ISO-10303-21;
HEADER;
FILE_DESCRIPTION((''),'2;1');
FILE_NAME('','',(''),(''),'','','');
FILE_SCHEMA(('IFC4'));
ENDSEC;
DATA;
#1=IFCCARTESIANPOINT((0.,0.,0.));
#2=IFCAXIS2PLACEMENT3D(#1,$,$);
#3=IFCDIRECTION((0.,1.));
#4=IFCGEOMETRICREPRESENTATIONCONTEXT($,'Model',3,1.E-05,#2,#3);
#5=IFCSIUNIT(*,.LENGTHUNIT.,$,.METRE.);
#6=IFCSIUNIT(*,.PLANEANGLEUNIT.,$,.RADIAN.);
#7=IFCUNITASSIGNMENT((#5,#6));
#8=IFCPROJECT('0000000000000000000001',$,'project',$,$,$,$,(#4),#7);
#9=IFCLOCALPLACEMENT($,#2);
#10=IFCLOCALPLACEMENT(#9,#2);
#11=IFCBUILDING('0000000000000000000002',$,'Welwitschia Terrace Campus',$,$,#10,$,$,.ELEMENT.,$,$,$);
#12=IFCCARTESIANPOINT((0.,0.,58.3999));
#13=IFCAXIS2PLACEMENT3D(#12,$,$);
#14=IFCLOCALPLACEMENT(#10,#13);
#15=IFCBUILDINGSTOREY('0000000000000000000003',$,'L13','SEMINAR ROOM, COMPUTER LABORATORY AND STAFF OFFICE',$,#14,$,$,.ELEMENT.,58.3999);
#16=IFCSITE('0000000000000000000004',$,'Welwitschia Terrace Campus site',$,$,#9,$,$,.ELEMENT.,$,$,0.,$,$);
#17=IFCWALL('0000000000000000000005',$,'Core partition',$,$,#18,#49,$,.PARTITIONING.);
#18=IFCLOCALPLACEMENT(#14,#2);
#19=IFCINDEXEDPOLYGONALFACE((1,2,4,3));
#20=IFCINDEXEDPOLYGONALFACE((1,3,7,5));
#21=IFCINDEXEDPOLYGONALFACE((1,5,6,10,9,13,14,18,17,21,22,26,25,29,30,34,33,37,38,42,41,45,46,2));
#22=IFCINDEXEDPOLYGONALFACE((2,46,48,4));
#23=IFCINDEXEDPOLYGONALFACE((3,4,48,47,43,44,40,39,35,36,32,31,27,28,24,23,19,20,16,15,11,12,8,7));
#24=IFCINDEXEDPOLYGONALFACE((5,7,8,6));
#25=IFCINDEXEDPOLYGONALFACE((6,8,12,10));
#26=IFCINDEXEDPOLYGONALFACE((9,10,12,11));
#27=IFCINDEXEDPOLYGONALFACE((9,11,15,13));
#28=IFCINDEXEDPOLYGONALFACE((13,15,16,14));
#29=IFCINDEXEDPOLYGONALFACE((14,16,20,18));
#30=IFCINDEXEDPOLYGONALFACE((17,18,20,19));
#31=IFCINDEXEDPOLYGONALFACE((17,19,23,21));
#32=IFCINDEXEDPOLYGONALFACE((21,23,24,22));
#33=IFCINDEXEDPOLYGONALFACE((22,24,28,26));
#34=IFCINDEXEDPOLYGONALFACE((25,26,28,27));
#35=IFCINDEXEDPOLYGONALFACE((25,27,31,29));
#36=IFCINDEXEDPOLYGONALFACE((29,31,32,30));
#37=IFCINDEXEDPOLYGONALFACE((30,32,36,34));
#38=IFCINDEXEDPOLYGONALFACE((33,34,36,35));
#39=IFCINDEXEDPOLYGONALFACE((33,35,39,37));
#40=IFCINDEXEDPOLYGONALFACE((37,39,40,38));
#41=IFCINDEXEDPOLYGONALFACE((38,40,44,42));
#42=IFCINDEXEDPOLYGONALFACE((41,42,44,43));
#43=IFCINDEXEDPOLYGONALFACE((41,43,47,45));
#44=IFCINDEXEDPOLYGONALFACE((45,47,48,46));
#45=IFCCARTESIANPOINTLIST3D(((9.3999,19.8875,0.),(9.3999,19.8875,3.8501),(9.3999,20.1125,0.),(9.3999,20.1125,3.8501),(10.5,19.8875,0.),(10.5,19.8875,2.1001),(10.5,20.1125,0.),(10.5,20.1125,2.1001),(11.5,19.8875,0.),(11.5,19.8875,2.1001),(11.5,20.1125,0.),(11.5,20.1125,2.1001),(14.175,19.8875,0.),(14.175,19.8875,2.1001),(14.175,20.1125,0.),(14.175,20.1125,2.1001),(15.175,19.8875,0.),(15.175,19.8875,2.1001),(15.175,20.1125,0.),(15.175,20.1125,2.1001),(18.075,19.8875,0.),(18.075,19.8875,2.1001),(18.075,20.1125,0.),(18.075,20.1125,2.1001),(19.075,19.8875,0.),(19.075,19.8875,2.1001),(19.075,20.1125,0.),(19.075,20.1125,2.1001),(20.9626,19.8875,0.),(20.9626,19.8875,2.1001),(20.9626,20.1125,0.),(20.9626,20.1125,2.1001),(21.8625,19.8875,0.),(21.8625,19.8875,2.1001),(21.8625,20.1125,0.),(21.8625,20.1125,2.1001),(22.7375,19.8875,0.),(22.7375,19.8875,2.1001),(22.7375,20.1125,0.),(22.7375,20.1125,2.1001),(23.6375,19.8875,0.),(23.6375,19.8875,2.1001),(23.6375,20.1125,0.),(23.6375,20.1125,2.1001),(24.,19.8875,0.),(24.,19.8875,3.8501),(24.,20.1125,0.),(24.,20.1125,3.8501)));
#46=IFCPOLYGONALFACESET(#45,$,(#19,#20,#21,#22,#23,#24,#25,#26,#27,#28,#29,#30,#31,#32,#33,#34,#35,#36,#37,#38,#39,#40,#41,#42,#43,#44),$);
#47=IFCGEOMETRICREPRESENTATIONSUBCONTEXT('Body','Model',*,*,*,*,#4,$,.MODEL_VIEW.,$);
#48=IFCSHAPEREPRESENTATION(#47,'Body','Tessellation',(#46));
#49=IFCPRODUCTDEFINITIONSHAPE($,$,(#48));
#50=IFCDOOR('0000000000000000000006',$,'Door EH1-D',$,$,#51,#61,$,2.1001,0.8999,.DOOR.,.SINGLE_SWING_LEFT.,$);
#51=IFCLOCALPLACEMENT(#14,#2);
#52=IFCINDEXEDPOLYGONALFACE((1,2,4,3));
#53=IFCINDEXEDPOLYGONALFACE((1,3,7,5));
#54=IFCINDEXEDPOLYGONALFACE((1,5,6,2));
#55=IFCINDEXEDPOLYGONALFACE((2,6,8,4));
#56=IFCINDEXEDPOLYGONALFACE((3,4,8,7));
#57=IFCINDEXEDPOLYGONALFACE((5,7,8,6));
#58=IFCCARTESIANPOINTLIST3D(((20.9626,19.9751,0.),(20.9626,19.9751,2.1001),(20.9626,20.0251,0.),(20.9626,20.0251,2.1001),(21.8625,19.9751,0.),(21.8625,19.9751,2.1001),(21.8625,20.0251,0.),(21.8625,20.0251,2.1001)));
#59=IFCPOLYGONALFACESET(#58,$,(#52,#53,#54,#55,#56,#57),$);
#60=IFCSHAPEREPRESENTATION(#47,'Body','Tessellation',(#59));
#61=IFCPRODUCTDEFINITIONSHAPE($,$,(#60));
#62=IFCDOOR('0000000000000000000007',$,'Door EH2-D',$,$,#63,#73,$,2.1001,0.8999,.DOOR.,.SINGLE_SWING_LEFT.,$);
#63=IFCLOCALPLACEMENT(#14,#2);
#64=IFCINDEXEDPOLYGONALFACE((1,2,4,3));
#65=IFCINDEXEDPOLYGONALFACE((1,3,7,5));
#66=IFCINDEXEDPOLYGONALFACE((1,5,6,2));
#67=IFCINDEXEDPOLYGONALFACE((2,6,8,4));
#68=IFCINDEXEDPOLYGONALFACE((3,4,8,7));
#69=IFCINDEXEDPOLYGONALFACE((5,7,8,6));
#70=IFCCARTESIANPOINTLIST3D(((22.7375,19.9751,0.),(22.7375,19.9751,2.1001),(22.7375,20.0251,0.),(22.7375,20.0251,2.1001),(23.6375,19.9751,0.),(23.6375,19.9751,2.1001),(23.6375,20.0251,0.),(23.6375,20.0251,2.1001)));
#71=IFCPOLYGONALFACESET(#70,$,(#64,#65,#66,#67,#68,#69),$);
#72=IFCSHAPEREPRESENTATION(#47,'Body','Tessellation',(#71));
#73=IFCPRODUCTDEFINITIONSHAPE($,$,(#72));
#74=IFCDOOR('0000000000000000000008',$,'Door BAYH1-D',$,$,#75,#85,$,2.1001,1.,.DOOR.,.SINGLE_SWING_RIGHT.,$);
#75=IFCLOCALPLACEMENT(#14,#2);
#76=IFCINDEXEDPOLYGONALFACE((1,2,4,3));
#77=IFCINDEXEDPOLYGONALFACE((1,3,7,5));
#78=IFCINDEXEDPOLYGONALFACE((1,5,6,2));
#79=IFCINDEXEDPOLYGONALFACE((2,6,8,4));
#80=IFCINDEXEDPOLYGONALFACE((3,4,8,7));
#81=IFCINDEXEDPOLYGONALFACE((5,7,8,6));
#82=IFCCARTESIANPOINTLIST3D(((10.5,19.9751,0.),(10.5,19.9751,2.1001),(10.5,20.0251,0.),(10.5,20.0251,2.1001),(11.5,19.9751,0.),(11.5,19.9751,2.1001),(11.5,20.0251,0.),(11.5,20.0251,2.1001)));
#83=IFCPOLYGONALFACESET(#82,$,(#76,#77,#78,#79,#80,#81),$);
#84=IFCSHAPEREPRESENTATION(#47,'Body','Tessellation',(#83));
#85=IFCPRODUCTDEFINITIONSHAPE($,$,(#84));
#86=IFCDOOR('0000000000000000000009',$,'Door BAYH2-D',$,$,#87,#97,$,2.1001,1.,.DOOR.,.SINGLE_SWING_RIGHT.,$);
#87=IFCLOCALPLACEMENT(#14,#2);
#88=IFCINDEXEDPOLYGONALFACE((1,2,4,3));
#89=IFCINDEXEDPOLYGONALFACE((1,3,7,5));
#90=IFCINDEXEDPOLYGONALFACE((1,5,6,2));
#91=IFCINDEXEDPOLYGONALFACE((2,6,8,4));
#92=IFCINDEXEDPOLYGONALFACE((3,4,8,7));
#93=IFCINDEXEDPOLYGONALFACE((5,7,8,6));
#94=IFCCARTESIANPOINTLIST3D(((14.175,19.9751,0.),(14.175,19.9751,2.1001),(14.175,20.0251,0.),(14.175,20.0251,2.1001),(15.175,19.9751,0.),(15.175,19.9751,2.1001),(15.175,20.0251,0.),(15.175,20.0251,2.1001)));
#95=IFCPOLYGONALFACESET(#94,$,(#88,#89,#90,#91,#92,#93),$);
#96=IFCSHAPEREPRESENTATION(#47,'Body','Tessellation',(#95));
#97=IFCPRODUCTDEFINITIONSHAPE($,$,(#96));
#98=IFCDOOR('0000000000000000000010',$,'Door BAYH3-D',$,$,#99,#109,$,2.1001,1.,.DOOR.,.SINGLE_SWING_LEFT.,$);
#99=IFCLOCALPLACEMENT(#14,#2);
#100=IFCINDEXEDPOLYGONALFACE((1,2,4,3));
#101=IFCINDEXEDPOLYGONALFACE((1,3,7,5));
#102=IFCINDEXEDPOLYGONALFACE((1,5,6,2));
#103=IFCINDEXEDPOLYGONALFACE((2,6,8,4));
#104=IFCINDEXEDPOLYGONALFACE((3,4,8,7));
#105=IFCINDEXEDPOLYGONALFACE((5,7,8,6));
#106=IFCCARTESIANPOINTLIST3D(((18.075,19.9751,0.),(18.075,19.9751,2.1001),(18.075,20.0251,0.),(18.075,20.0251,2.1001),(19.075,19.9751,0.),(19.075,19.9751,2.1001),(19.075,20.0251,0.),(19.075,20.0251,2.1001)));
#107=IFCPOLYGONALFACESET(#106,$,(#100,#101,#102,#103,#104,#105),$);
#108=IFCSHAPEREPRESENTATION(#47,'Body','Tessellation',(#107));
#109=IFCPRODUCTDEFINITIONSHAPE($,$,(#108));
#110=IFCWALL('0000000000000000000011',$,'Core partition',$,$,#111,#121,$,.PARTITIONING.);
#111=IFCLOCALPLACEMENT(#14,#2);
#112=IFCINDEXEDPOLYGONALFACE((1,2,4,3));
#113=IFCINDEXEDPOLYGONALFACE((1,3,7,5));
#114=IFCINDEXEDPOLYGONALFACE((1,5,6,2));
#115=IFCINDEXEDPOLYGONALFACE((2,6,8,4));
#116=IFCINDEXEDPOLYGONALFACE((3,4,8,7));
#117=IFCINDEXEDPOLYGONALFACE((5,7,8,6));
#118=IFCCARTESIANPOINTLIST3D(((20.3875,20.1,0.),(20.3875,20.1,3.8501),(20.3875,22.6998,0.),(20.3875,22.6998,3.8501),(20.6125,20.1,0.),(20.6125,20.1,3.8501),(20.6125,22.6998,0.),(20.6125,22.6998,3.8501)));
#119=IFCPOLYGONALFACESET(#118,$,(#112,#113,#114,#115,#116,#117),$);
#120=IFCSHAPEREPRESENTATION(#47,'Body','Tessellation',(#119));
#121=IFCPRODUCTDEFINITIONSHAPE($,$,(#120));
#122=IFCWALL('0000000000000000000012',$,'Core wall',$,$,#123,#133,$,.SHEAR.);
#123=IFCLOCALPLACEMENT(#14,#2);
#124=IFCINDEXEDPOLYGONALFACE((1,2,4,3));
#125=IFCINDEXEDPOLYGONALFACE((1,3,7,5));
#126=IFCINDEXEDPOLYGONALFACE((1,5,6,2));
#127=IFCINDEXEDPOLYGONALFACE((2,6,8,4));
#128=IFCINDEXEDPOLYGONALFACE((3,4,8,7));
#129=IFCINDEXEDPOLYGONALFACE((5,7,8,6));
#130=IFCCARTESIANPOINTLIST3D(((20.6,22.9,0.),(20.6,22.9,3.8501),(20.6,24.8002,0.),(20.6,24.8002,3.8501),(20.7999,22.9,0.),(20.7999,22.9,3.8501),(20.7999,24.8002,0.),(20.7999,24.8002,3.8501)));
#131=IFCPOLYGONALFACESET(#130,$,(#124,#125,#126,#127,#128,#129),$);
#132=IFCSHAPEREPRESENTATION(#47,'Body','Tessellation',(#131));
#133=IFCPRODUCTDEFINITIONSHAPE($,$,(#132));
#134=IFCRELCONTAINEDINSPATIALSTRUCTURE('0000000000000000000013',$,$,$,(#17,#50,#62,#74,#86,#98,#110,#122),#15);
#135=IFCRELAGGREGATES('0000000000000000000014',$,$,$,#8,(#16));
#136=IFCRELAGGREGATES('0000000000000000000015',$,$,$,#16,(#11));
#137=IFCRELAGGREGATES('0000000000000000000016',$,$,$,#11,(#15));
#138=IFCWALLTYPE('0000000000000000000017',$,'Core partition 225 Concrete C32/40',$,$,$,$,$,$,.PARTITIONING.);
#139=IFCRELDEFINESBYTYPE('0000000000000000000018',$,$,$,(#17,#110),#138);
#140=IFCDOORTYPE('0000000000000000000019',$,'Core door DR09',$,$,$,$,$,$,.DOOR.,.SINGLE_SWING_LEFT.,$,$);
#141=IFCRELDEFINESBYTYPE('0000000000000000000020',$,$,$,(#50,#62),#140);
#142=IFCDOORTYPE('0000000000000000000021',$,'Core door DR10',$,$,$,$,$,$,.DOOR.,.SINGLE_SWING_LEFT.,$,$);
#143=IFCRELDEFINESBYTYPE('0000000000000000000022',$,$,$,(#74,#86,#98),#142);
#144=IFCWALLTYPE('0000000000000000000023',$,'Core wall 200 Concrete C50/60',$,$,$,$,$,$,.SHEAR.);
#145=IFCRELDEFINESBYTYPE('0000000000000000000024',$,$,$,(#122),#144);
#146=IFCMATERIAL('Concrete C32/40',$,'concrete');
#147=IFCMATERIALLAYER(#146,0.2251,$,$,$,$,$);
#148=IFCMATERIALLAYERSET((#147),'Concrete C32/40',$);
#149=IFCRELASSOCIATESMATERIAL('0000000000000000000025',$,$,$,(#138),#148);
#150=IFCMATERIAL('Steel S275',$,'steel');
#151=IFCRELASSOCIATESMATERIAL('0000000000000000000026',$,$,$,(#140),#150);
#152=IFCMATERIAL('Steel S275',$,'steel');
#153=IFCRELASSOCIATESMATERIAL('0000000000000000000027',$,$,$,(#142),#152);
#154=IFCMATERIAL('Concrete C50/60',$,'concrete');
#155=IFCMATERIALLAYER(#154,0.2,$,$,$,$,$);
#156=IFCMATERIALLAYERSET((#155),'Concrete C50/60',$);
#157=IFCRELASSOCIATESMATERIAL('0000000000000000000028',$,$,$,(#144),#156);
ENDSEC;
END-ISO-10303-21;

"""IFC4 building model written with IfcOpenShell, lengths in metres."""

from ifc_helpers import new_model, si_unit, direction, frame, frame_2d, origin, place, context, subcontext, project, spatial, rectangle, extrude, material, layer, layer_set, type_object, element, fill, save


model = new_model("IFC4")

# Units and contexts
model_context = context("Model", 3, precision=1e-05, world=origin(), true_north=direction((0.0, 1.0)))
body_context = subcontext(model_context, "Body", "Model", "MODEL_VIEW")
ifc_project = project(units=[si_unit("LENGTHUNIT", "METRE"), si_unit("PLANEANGLEUNIT", "RADIAN")], contexts=[model_context])

# Site, building, storey
site_placement = place(None, origin())
site = spatial("IfcSite", under=ifc_project, at=site_placement, Name="Welwitschia Terrace Campus site", CompositionType="ELEMENT", RefElevation=0.0)
building_placement = place(site_placement, origin())
building = spatial("IfcBuilding", under=site, at=building_placement, Name="Welwitschia Terrace Campus", CompositionType="ELEMENT")
storey_placement = place(building_placement, frame((0.0, 0.0, 58.3999)))
storey = spatial("IfcBuildingStorey", under=building, at=storey_placement, Name="L13", Description="SEMINAR ROOM, COMPUTER LABORATORY AND STAFF OFFICE", CompositionType="ELEMENT", Elevation=58.3999)

# Wall, openings, doors
ifc_material_1 = material(Name="Concrete C32/40", Category="concrete")
ifc_layer_1 = layer(ifc_material_1, 0.2251)
ifc_layer_set_1 = layer_set([ifc_layer_1], Name="Concrete C32/40")
wall_type_1 = type_object("IfcWallType", Name="Core partition 225 Concrete C32/40", PredefinedType="PARTITIONING", material=ifc_layer_set_1)
wall_1_placement = place(storey_placement, frame((24.0, 20.0, 0.0), z_axis=(0.0, 0.0, 1.0), x_axis=(-1.0, 0.0, 0.0)))
wall_1 = element("IfcWall", 1, at=wall_1_placement, inside=storey, type_object=wall_type_1, Name="Core partition", PredefinedType="PARTITIONING", context=body_context, shape_type="SweptSolid", body=[
    extrude(rectangle(XDim=14.6001, YDim=0.2251, at=frame_2d((7.3, 0.0))), origin(), (0.0, 0.0, 1.0), 3.8501),
])
opening_1_placement = place(wall_1_placement, frame((12.5, 0.0, 0.0)))
opening_1 = element("IfcOpeningElement", 2, at=opening_1_placement, cuts=wall_1, PredefinedType="OPENING", context=body_context, shape_type="SweptSolid", body=[
    extrude(rectangle(XDim=1.0, YDim=2.1001, at=frame_2d((0.5, 1.05))), frame((0.0, 0.1226, 0.0), z_axis=(0.0, -1.0, 0.0), x_axis=(1.0, 0.0, 0.0)), (0.0, 0.0, 1.0), 0.2451),
])
opening_2_placement = place(wall_1_placement, frame((8.825, 0.0, 0.0)))
opening_2 = element("IfcOpeningElement", 3, at=opening_2_placement, cuts=wall_1, PredefinedType="OPENING", context=body_context, shape_type="SweptSolid", body=[
    extrude(rectangle(XDim=1.0, YDim=2.1001, at=frame_2d((0.5, 1.05))), frame((0.0, 0.1226, 0.0), z_axis=(0.0, -1.0, 0.0), x_axis=(1.0, 0.0, 0.0)), (0.0, 0.0, 1.0), 0.2451),
])
opening_3_placement = place(wall_1_placement, frame((4.925, 0.0, 0.0)))
opening_3 = element("IfcOpeningElement", 4, at=opening_3_placement, cuts=wall_1, PredefinedType="OPENING", context=body_context, shape_type="SweptSolid", body=[
    extrude(rectangle(XDim=1.0, YDim=2.1001, at=frame_2d((0.5, 1.05))), frame((0.0, 0.1226, 0.0), z_axis=(0.0, -1.0, 0.0), x_axis=(1.0, 0.0, 0.0)), (0.0, 0.0, 1.0), 0.2451),
])
opening_4_placement = place(wall_1_placement, frame((2.1375, 0.0, 0.0)))
opening_4 = element("IfcOpeningElement", 5, at=opening_4_placement, cuts=wall_1, PredefinedType="OPENING", context=body_context, shape_type="SweptSolid", body=[
    extrude(rectangle(XDim=0.8999, YDim=2.1001, at=frame_2d((0.45, 1.05))), frame((0.0, 0.1226, 0.0), z_axis=(0.0, -1.0, 0.0), x_axis=(1.0, 0.0, 0.0)), (0.0, 0.0, 1.0), 0.2451),
])
opening_5_placement = place(wall_1_placement, frame((0.3625, 0.0, 0.0)))
opening_5 = element("IfcOpeningElement", 6, at=opening_5_placement, cuts=wall_1, PredefinedType="OPENING", context=body_context, shape_type="SweptSolid", body=[
    extrude(rectangle(XDim=0.8999, YDim=2.1001, at=frame_2d((0.45, 1.05))), frame((0.0, 0.1226, 0.0), z_axis=(0.0, -1.0, 0.0), x_axis=(1.0, 0.0, 0.0)), (0.0, 0.0, 1.0), 0.2451),
])
ifc_material_2 = material(Name="Steel S275", Category="steel")
door_type_1 = type_object("IfcDoorType", Name="Core door DR09", OperationType="SINGLE_SWING_LEFT", PredefinedType="DOOR", material=ifc_material_2)
door_1_placement = place(opening_4_placement, origin())
door_1 = element("IfcDoor", 7, at=door_1_placement, inside=storey, type_object=door_type_1, Name="Door EH1-D", OperationType="SINGLE_SWING_LEFT", OverallHeight=2.1001, OverallWidth=0.8999, PredefinedType="DOOR", context=body_context, shape_type="SweptSolid", body=[
    extrude(rectangle(XDim=0.8999, YDim=2.1001, at=frame_2d((0.45, 1.05))), frame((0.0, 0.0249, 0.0), z_axis=(0.0, -1.0, 0.0), x_axis=(1.0, 0.0, 0.0)), (0.0, 0.0, 1.0), 0.05),
])
fill(opening_4, door_1)
door_2_placement = place(opening_5_placement, origin())
door_2 = element("IfcDoor", 8, at=door_2_placement, inside=storey, type_object=door_type_1, Name="Door EH2-D", OperationType="SINGLE_SWING_LEFT", OverallHeight=2.1001, OverallWidth=0.8999, PredefinedType="DOOR", context=body_context, shape_type="SweptSolid", body=[
    extrude(rectangle(XDim=0.8999, YDim=2.1001, at=frame_2d((0.45, 1.05))), frame((0.0, 0.0249, 0.0), z_axis=(0.0, -1.0, 0.0), x_axis=(1.0, 0.0, 0.0)), (0.0, 0.0, 1.0), 0.05),
])
fill(opening_5, door_2)
ifc_material_3 = material(Name="Steel S275", Category="steel")
door_type_2 = type_object("IfcDoorType", Name="Core door DR10", OperationType="SINGLE_SWING_LEFT", PredefinedType="DOOR", material=ifc_material_3)
door_3_placement = place(opening_1_placement, origin())
door_3 = element("IfcDoor", 9, at=door_3_placement, inside=storey, type_object=door_type_2, Name="Door BAYH1-D", OperationType="SINGLE_SWING_RIGHT", OverallHeight=2.1001, OverallWidth=1.0, PredefinedType="DOOR", context=body_context, shape_type="SweptSolid", body=[
    extrude(rectangle(XDim=1.0, YDim=2.1001, at=frame_2d((0.5, 1.05))), frame((0.0, 0.0249, 0.0), z_axis=(0.0, -1.0, 0.0), x_axis=(1.0, 0.0, 0.0)), (0.0, 0.0, 1.0), 0.05),
])
fill(opening_1, door_3)
door_4_placement = place(opening_2_placement, origin())
door_4 = element("IfcDoor", 10, at=door_4_placement, inside=storey, type_object=door_type_2, Name="Door BAYH2-D", OperationType="SINGLE_SWING_RIGHT", OverallHeight=2.1001, OverallWidth=1.0, PredefinedType="DOOR", context=body_context, shape_type="SweptSolid", body=[
    extrude(rectangle(XDim=1.0, YDim=2.1001, at=frame_2d((0.5, 1.05))), frame((0.0, 0.0249, 0.0), z_axis=(0.0, -1.0, 0.0), x_axis=(1.0, 0.0, 0.0)), (0.0, 0.0, 1.0), 0.05),
])
fill(opening_2, door_4)
door_5_placement = place(opening_3_placement, origin())
door_5 = element("IfcDoor", 11, at=door_5_placement, inside=storey, type_object=door_type_2, Name="Door BAYH3-D", OperationType="SINGLE_SWING_LEFT", OverallHeight=2.1001, OverallWidth=1.0, PredefinedType="DOOR", context=body_context, shape_type="SweptSolid", body=[
    extrude(rectangle(XDim=1.0, YDim=2.1001, at=frame_2d((0.5, 1.05))), frame((0.0, 0.0249, 0.0), z_axis=(0.0, -1.0, 0.0), x_axis=(1.0, 0.0, 0.0)), (0.0, 0.0, 1.0), 0.05),
])
fill(opening_3, door_5)

# Walls
wall_2_placement = place(storey_placement, frame((20.5, 20.1001, 0.0), z_axis=(0.0, 0.0, 1.0), x_axis=(0.0, 1.0, 0.0)))
element("IfcWall", 12, at=wall_2_placement, inside=storey, type_object=wall_type_1, Name="Core partition", PredefinedType="PARTITIONING", context=body_context, shape_type="SweptSolid", body=[
    extrude(rectangle(XDim=2.5999, YDim=0.2251, at=frame_2d((1.2998, 0.0))), origin(), (0.0, 0.0, 1.0), 3.8501),
])
ifc_material_4 = material(Name="Concrete C50/60", Category="concrete")
ifc_layer_2 = layer(ifc_material_4, 0.2)
ifc_layer_set_2 = layer_set([ifc_layer_2], Name="Concrete C50/60")
wall_type_2 = type_object("IfcWallType", Name="Core wall 200 Concrete C50/60", PredefinedType="SHEAR", material=ifc_layer_set_2)
wall_3_placement = place(storey_placement, frame((20.7, 22.8999, 0.0), z_axis=(0.0, 0.0, 1.0), x_axis=(0.0, 1.0, 0.0)))
element("IfcWall", 13, at=wall_3_placement, inside=storey, type_object=wall_type_2, Name="Core wall", PredefinedType="SHEAR", context=body_context, shape_type="SweptSolid", body=[
    extrude(rectangle(XDim=1.9001, YDim=0.2, at=frame_2d((0.9502, 0.0))), origin(), (0.0, 0.0, 1.0), 3.8501),
])

save(model, "model.ifc")
